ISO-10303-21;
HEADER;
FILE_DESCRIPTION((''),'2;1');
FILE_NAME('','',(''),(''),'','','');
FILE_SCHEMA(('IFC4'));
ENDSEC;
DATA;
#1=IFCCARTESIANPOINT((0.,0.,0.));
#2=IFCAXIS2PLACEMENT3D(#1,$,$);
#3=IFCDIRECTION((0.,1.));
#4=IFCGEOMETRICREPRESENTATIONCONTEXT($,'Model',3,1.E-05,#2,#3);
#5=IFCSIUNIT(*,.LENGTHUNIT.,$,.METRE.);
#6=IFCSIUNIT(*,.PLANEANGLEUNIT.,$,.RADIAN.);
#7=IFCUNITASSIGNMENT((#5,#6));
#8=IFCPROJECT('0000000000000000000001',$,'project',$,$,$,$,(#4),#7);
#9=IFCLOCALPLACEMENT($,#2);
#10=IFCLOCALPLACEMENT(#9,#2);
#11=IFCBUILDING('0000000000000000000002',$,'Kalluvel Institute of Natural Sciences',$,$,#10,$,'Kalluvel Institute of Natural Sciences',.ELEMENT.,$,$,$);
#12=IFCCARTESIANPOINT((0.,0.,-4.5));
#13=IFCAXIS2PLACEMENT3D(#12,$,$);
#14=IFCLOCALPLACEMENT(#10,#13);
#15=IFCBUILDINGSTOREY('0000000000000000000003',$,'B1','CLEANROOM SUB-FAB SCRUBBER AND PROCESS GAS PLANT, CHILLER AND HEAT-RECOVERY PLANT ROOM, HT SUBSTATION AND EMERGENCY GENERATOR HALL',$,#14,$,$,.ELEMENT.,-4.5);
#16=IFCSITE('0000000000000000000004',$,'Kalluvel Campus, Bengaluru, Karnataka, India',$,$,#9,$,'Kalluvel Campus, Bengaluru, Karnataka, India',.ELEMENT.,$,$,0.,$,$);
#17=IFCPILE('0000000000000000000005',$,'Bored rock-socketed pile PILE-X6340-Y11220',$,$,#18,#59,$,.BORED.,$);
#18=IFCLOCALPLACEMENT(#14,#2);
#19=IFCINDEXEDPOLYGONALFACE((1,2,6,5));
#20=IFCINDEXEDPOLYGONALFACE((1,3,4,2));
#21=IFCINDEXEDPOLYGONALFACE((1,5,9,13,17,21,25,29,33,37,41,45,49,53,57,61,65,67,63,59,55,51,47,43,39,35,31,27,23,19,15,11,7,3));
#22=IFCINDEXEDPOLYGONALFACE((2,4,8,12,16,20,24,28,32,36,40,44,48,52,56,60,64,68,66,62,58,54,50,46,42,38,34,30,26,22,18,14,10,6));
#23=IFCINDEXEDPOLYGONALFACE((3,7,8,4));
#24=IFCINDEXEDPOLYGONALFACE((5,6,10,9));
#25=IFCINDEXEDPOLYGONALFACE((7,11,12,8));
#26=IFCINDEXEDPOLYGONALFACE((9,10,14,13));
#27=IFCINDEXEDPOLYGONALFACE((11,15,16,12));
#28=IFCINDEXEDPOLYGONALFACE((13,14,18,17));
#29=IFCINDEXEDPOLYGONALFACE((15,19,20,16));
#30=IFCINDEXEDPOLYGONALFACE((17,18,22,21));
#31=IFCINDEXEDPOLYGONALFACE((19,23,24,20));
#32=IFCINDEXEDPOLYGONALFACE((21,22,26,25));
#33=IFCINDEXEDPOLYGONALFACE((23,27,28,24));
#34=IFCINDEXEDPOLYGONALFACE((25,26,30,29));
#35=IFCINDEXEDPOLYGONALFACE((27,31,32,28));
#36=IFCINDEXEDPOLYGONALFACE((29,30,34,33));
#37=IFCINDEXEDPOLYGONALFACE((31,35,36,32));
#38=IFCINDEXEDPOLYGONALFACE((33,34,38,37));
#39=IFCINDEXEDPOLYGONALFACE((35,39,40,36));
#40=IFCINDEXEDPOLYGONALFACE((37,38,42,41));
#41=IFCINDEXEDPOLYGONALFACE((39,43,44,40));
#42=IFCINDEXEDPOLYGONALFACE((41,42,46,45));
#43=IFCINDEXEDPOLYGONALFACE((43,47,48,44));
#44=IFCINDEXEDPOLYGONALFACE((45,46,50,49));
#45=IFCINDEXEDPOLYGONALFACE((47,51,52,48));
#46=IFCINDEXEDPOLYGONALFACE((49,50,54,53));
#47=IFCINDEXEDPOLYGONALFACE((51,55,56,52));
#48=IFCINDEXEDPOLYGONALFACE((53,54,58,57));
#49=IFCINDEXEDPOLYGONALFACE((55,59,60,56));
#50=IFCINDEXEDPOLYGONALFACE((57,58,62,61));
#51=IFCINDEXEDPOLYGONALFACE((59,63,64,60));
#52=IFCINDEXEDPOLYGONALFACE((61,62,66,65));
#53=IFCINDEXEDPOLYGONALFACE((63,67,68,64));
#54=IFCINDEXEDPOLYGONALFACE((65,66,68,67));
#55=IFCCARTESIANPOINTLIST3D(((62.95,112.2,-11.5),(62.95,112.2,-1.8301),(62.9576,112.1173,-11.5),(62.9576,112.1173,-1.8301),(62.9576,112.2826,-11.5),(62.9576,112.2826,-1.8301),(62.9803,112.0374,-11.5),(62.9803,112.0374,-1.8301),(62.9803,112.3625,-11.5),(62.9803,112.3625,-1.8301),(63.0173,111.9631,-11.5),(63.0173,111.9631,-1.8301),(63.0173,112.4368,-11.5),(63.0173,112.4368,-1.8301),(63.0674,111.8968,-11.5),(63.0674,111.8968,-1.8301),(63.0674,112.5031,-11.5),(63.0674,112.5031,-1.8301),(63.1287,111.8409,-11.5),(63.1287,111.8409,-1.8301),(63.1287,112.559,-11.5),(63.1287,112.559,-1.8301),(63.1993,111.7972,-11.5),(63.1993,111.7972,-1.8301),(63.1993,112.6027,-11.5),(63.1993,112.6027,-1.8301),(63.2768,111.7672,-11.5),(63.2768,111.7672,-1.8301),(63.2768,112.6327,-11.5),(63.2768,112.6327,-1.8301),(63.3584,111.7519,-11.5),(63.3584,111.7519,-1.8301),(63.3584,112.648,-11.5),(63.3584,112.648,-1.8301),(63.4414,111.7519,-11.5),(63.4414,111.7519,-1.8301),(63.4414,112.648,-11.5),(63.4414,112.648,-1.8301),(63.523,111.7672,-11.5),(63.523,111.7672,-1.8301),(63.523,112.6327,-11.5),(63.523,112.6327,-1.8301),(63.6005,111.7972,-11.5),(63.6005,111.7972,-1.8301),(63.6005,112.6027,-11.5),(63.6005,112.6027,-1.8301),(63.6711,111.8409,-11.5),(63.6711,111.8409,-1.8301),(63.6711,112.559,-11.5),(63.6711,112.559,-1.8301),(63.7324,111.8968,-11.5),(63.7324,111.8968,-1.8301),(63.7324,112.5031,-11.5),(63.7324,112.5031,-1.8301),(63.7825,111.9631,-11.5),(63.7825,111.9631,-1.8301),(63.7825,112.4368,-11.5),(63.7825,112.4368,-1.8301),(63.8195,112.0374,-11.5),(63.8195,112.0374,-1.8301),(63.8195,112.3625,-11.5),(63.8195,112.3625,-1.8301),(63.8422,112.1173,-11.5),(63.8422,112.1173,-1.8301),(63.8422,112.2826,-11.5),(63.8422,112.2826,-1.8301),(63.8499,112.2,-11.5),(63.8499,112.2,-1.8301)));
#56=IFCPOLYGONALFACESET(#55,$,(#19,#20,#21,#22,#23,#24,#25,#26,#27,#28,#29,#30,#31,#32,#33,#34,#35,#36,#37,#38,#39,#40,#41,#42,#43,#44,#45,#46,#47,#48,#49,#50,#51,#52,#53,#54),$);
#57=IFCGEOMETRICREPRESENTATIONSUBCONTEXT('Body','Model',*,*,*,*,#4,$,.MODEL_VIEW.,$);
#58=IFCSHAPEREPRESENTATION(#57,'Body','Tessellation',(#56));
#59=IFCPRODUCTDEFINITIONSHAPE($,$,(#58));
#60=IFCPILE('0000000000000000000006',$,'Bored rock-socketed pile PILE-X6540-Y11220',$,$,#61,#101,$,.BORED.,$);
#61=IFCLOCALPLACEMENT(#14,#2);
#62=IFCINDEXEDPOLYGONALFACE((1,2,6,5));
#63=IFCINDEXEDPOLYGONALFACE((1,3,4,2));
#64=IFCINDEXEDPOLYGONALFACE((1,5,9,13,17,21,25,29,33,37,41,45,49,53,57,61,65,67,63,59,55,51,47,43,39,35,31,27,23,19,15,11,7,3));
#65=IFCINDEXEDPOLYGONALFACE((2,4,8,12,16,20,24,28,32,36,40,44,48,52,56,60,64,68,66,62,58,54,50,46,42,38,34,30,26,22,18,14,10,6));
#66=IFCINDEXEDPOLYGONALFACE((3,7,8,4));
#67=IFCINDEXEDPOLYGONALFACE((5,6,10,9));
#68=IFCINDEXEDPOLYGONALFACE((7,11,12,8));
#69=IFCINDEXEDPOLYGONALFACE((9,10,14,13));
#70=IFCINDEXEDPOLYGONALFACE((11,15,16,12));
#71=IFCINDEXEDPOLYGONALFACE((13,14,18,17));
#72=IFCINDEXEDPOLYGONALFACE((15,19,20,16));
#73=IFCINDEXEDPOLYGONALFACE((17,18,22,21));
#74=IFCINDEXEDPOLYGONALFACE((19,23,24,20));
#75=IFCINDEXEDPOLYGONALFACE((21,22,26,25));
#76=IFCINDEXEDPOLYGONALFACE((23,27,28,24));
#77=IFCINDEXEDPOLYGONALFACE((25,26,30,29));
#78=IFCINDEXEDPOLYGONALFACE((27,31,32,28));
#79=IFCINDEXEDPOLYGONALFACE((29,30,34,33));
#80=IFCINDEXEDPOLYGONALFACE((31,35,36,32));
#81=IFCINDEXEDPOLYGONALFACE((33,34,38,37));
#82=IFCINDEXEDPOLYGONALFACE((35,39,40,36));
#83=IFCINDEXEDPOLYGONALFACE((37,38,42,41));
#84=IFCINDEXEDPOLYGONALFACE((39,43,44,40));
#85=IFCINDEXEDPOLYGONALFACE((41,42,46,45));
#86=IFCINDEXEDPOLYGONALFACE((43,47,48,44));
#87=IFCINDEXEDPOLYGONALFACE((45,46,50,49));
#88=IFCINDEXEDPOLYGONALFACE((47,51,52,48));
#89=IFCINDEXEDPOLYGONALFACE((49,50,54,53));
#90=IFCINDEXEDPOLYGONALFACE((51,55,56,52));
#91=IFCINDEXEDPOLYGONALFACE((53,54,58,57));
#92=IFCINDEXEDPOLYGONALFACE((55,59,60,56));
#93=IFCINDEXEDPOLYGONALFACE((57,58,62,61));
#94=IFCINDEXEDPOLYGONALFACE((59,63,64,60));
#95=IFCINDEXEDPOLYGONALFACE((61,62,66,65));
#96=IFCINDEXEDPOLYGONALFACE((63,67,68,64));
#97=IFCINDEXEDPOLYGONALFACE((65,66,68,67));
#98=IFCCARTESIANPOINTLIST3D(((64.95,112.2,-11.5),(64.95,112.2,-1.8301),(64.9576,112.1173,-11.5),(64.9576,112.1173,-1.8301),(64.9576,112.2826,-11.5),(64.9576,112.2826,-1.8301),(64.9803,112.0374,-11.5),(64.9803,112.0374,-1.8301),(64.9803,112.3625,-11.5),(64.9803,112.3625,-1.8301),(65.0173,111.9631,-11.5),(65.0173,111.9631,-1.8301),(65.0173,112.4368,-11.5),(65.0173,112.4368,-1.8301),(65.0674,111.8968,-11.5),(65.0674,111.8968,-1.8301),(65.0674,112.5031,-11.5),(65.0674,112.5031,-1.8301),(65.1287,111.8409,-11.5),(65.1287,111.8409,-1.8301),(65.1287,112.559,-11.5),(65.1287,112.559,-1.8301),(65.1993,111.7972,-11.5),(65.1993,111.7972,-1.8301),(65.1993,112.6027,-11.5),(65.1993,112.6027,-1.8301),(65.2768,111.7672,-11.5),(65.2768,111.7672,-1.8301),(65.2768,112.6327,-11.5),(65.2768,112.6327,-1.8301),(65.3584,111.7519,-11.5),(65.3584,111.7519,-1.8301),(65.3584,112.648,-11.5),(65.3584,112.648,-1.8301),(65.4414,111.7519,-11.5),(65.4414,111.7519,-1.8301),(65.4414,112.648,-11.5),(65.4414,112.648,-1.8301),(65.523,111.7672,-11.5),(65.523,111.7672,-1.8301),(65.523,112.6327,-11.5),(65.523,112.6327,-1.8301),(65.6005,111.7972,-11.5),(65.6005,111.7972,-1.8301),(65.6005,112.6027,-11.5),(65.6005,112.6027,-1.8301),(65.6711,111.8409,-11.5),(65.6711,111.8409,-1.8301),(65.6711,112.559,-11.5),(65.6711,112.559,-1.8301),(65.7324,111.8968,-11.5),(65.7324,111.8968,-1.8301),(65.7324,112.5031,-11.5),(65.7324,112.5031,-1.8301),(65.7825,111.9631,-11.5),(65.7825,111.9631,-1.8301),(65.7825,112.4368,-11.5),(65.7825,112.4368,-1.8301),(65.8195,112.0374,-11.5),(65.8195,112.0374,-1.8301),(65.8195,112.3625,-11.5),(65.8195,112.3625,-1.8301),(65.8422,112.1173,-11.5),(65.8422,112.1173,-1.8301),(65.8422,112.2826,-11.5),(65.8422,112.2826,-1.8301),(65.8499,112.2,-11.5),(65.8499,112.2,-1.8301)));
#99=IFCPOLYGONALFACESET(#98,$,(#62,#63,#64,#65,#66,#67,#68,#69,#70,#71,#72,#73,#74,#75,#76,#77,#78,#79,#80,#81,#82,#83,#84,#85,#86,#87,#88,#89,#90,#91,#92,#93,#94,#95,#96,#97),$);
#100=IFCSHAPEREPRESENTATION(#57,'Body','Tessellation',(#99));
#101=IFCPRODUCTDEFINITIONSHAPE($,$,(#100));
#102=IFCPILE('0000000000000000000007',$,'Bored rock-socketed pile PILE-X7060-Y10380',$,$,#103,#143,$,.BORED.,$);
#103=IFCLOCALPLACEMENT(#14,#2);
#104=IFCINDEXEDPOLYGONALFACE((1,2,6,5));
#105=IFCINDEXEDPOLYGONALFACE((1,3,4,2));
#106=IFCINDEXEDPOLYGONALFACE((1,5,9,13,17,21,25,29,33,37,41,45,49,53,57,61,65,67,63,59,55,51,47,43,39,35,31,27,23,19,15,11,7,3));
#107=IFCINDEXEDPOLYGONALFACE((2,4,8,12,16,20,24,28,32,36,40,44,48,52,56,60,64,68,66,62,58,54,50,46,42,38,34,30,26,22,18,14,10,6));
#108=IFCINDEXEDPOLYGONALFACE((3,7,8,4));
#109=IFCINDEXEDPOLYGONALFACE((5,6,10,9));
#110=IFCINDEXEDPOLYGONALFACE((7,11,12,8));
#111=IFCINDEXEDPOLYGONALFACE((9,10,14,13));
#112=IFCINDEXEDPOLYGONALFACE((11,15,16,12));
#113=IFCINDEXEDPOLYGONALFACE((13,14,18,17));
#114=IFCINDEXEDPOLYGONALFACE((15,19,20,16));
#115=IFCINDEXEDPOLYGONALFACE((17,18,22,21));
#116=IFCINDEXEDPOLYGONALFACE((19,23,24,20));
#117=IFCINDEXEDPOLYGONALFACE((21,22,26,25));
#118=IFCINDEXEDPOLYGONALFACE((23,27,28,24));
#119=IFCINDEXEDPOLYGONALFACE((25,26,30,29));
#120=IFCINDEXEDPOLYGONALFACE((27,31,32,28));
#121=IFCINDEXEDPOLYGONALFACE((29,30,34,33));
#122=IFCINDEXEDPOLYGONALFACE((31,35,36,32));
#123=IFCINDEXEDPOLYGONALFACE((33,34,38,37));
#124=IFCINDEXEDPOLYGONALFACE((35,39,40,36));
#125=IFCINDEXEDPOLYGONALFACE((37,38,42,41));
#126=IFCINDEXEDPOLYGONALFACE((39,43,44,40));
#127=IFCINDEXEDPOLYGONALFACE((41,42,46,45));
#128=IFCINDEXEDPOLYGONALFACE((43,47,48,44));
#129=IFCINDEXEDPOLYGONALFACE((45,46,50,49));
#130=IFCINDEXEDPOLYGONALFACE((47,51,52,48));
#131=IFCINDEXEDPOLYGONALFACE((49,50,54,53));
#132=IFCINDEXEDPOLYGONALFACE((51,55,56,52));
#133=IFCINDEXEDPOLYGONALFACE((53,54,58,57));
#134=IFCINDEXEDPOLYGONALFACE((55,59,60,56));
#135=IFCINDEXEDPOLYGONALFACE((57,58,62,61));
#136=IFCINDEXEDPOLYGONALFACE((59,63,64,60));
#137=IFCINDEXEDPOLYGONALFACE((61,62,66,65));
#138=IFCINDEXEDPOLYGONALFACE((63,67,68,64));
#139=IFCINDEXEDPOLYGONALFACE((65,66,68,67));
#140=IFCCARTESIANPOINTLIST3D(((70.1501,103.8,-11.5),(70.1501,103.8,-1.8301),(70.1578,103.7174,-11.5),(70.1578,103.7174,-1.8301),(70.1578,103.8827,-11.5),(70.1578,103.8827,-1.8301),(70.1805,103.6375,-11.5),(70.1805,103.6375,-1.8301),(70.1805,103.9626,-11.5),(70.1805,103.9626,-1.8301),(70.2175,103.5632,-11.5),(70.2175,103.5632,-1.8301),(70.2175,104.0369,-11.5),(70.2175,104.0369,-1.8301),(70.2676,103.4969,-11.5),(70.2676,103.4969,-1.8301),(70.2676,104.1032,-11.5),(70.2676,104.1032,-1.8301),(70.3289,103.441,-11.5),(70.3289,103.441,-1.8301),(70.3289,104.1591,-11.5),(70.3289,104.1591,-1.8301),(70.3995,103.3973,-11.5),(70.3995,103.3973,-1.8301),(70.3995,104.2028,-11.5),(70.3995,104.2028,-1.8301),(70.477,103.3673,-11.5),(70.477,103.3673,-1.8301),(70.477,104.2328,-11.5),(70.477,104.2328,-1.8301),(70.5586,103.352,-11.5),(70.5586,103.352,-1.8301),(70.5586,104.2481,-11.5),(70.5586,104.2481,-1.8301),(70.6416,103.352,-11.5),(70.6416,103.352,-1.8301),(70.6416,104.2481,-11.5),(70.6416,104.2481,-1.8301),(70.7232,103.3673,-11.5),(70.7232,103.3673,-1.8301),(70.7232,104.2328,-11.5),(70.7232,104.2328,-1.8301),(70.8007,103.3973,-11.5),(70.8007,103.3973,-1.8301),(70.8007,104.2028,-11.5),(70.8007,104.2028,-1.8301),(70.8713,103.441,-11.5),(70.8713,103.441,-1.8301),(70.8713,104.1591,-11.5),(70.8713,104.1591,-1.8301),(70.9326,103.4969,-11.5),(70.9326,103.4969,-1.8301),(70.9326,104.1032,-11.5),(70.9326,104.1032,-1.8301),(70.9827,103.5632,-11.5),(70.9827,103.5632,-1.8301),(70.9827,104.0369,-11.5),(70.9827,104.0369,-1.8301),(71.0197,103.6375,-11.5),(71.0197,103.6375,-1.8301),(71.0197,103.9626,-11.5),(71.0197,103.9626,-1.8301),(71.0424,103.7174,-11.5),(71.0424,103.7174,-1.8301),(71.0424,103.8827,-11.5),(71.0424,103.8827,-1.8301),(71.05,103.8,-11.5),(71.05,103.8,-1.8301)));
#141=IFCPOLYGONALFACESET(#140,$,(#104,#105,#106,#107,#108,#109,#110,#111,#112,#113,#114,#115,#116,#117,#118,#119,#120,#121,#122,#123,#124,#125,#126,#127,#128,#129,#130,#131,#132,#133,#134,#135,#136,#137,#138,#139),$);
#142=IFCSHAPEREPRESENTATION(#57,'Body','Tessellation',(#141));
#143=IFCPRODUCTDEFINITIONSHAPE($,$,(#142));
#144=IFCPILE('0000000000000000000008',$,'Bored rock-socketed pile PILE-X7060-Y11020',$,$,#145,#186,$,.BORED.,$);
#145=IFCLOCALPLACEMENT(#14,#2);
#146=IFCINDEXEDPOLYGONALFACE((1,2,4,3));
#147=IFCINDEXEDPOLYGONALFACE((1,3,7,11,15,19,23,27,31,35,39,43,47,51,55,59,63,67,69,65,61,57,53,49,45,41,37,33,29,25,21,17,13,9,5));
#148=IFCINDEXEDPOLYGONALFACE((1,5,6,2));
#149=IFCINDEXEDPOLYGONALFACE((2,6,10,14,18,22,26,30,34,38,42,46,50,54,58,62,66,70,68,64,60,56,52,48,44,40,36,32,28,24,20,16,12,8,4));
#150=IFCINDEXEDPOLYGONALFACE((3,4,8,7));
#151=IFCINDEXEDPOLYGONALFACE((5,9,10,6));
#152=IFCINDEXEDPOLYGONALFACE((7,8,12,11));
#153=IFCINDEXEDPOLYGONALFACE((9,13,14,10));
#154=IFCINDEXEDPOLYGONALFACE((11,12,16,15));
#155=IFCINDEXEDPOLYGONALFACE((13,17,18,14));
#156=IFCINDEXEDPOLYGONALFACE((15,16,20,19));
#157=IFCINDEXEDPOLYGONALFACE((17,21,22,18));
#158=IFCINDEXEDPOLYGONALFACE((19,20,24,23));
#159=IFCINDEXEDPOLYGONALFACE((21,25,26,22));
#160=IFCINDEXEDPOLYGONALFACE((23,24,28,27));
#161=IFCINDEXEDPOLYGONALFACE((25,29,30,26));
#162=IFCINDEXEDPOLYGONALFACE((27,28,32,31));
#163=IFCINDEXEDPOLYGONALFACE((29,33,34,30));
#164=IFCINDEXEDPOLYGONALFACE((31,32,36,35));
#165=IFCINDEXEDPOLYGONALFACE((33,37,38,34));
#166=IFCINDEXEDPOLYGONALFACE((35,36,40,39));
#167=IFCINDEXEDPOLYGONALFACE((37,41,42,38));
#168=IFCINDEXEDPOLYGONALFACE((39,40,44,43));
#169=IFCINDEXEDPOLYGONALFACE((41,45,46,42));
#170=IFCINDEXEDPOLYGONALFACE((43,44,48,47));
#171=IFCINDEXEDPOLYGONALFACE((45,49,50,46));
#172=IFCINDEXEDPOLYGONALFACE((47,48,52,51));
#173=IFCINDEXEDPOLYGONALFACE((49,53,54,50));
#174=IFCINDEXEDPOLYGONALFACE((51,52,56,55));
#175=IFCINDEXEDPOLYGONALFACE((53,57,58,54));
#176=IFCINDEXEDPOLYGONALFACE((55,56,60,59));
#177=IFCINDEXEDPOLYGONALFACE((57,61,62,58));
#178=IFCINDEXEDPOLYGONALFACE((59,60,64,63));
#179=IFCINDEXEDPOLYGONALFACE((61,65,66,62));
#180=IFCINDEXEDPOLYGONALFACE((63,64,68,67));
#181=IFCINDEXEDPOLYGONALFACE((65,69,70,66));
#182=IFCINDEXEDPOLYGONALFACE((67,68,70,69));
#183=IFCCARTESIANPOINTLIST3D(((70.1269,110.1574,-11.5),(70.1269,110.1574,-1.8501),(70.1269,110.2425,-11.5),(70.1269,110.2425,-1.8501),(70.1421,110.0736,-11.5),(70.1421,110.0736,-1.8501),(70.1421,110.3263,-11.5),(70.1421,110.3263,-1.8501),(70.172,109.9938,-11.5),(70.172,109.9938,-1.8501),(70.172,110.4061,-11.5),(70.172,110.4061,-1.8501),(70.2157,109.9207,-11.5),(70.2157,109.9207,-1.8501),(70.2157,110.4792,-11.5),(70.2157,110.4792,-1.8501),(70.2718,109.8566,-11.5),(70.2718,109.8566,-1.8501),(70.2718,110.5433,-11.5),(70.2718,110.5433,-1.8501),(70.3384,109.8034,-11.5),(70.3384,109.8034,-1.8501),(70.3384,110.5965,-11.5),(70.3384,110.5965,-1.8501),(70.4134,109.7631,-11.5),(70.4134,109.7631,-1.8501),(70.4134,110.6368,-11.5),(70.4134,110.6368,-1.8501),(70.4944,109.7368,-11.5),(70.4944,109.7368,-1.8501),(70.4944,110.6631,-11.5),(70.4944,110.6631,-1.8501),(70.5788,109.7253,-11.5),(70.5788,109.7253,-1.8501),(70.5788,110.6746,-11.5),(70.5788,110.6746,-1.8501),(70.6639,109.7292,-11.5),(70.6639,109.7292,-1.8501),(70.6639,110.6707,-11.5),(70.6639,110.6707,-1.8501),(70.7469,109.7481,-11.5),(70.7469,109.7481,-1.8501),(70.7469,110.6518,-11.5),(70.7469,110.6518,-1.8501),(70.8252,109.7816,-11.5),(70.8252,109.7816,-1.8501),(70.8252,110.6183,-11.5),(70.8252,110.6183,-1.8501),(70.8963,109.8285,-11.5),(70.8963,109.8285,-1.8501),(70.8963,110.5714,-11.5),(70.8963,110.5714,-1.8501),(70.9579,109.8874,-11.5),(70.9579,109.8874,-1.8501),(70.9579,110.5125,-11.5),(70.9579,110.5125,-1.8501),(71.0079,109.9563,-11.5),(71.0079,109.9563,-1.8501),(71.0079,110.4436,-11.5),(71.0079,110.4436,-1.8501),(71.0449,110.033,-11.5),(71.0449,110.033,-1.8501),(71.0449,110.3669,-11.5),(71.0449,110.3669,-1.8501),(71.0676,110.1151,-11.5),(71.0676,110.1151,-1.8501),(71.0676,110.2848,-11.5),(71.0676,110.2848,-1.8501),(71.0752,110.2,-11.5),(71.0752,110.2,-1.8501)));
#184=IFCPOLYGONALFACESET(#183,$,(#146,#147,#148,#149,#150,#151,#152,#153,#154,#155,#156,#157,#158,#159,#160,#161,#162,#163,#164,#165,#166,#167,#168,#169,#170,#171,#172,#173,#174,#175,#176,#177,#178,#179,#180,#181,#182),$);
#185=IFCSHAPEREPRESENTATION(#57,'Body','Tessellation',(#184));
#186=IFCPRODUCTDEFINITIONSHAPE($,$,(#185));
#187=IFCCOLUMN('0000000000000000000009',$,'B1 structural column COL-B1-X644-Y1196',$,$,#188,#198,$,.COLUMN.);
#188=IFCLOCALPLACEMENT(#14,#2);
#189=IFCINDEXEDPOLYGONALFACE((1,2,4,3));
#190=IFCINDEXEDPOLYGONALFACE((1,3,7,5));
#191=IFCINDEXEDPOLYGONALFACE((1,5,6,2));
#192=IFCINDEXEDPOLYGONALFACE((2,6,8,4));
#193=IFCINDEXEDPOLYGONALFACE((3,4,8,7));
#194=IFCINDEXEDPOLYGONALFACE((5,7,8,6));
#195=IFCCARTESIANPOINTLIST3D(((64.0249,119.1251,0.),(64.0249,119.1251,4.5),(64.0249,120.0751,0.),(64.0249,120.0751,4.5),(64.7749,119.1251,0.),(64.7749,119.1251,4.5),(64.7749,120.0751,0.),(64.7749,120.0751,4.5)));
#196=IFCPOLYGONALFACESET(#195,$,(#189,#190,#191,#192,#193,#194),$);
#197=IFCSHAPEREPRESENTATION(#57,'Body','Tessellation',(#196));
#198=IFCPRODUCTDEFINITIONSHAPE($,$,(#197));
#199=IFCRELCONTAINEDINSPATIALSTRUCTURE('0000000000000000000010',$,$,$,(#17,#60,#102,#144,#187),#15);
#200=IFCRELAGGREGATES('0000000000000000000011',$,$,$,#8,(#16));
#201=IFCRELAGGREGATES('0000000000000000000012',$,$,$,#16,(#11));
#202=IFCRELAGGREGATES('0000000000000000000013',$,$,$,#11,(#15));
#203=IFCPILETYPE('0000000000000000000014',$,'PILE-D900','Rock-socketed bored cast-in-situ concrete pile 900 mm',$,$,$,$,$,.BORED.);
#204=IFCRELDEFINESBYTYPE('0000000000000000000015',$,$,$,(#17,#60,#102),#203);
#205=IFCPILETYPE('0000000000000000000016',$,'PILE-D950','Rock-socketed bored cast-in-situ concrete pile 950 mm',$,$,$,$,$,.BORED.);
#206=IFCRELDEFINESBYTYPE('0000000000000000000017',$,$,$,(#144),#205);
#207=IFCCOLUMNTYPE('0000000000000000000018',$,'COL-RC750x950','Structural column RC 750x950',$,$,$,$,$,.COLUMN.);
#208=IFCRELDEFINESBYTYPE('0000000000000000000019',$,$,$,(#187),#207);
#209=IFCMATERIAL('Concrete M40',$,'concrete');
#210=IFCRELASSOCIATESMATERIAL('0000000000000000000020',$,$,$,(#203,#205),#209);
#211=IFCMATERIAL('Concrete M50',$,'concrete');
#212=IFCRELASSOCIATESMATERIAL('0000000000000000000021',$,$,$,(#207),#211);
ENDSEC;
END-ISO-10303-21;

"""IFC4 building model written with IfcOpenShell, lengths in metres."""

from ifc_helpers import new_model, si_unit, direction, frame, origin, origin_2d, place, context, subcontext, project, spatial, rectangle, circle, extrude, material, material_profile, profile_set, type_object, element, save


model = new_model("IFC4")

# Units and contexts
model_context = context("Model", 3, precision=1e-05, world=origin(), true_north=direction((0.0, 1.0)))
body_context = subcontext(model_context, "Body", "Model", "MODEL_VIEW")
ifc_project = project(units=[si_unit("LENGTHUNIT", "METRE"), si_unit("PLANEANGLEUNIT", "RADIAN")], contexts=[model_context])

# Site, building, storey
site_placement = place(None, origin())
site = spatial("IfcSite", under=ifc_project, at=site_placement, Name="Kalluvel Campus, Bengaluru, Karnataka, India", LongName="Kalluvel Campus, Bengaluru, Karnataka, India", CompositionType="ELEMENT", RefElevation=0.0)
building_placement = place(site_placement, origin())
building = spatial("IfcBuilding", under=site, at=building_placement, Name="Kalluvel Institute of Natural Sciences", LongName="Kalluvel Institute of Natural Sciences", CompositionType="ELEMENT")
storey_placement = place(building_placement, frame((0.0, 0.0, -4.5)))
storey = spatial("IfcBuildingStorey", under=building, at=storey_placement, Name="B1", Description="CLEANROOM SUB-FAB SCRUBBER AND PROCESS GAS PLANT, CHILLER AND HEAT-RECOVERY PLANT ROOM, HT SUBSTATION AND EMERGENCY GENERATOR HALL", CompositionType="ELEMENT", Elevation=-4.5)

# Shared definitions
ifc_material_1 = material(Name="Concrete M40", Category="concrete")

# Piles
ifc_material_profile_1 = material_profile(ifc_material_1, circle(Radius=0.45, at=origin_2d()), Name="PILE D900")
ifc_profile_set_1 = profile_set([ifc_material_profile_1], Name="Concrete M40")
pile_type_1 = type_object("IfcPileType", Name="PILE-D900", Description="Rock-socketed bored cast-in-situ concrete pile 900 mm", PredefinedType="BORED", material=ifc_profile_set_1)
for number, where, z_axis, x_axis, name in (
    (1, (63.3999, 112.2, -1.8301), (0.0, 0.0, -1.0), (1.0, 0.0, 0.0), "Bored rock-socketed pile PILE-X6340-Y11220"),
    (2, (65.3999, 112.2, -1.8301), (0.0, 0.0, -1.0), (1.0, 0.0, 0.0), "Bored rock-socketed pile PILE-X6540-Y11220"),
    (3, (70.6001, 103.8, -1.8301), (0.0, 0.0, -1.0), (1.0, 0.0, 0.0), "Bored rock-socketed pile PILE-X7060-Y10380"),
):
    element("IfcPile", number, at=place(storey_placement, frame(where, z_axis=z_axis, x_axis=x_axis)), inside=storey, type_object=pile_type_1, Name=name, PredefinedType="BORED", context=body_context, shape_type="SweptSolid", body=[
        extrude(circle(Radius=0.45, at=origin_2d()), origin(), (0.0, 0.0, 1.0), 9.6699),
    ])
ifc_material_profile_2 = material_profile(ifc_material_1, circle(Radius=0.4751, at=origin_2d()), Name="PILE D950")
ifc_profile_set_2 = profile_set([ifc_material_profile_2], Name="Concrete M40")
pile_type_2 = type_object("IfcPileType", Name="PILE-D950", Description="Rock-socketed bored cast-in-situ concrete pile 950 mm", PredefinedType="BORED", material=ifc_profile_set_2)
pile_placement = place(storey_placement, frame((70.6001, 110.2, -1.8501), z_axis=(0.0, 0.0, -1.0), x_axis=(1.0, 0.0, 0.0)))
element("IfcPile", 4, at=pile_placement, inside=storey, type_object=pile_type_2, Name="Bored rock-socketed pile PILE-X7060-Y11020", PredefinedType="BORED", context=body_context, shape_type="SweptSolid", body=[
    extrude(circle(Radius=0.4751, at=origin_2d()), origin(), (0.0, 0.0, 1.0), 9.6499),
])

# Column
ifc_material_2 = material(Name="Concrete M50", Category="concrete")
ifc_material_profile_3 = material_profile(ifc_material_2, rectangle(XDim=0.75, YDim=0.95, at=origin_2d()), Name="RC 750x950")
ifc_profile_set_3 = profile_set([ifc_material_profile_3], Name="Concrete M50")
column_type_1 = type_object("IfcColumnType", Name="COL-RC750x950", Description="Structural column RC 750x950", PredefinedType="COLUMN", material=ifc_profile_set_3)
column_1_placement = place(storey_placement, frame((64.3999, 119.6001, 0.0), z_axis=(0.0, 0.0, 1.0), x_axis=(1.0, 0.0, 0.0)))
element("IfcColumn", 5, at=column_1_placement, inside=storey, type_object=column_type_1, Name="B1 structural column COL-B1-X644-Y1196", PredefinedType="COLUMN", context=body_context, shape_type="SweptSolid", body=[
    extrude(rectangle(XDim=0.75, YDim=0.95, at=origin_2d()), origin(), (0.0, 0.0, 1.0), 4.5),
])

save(model, "model.ifc")
